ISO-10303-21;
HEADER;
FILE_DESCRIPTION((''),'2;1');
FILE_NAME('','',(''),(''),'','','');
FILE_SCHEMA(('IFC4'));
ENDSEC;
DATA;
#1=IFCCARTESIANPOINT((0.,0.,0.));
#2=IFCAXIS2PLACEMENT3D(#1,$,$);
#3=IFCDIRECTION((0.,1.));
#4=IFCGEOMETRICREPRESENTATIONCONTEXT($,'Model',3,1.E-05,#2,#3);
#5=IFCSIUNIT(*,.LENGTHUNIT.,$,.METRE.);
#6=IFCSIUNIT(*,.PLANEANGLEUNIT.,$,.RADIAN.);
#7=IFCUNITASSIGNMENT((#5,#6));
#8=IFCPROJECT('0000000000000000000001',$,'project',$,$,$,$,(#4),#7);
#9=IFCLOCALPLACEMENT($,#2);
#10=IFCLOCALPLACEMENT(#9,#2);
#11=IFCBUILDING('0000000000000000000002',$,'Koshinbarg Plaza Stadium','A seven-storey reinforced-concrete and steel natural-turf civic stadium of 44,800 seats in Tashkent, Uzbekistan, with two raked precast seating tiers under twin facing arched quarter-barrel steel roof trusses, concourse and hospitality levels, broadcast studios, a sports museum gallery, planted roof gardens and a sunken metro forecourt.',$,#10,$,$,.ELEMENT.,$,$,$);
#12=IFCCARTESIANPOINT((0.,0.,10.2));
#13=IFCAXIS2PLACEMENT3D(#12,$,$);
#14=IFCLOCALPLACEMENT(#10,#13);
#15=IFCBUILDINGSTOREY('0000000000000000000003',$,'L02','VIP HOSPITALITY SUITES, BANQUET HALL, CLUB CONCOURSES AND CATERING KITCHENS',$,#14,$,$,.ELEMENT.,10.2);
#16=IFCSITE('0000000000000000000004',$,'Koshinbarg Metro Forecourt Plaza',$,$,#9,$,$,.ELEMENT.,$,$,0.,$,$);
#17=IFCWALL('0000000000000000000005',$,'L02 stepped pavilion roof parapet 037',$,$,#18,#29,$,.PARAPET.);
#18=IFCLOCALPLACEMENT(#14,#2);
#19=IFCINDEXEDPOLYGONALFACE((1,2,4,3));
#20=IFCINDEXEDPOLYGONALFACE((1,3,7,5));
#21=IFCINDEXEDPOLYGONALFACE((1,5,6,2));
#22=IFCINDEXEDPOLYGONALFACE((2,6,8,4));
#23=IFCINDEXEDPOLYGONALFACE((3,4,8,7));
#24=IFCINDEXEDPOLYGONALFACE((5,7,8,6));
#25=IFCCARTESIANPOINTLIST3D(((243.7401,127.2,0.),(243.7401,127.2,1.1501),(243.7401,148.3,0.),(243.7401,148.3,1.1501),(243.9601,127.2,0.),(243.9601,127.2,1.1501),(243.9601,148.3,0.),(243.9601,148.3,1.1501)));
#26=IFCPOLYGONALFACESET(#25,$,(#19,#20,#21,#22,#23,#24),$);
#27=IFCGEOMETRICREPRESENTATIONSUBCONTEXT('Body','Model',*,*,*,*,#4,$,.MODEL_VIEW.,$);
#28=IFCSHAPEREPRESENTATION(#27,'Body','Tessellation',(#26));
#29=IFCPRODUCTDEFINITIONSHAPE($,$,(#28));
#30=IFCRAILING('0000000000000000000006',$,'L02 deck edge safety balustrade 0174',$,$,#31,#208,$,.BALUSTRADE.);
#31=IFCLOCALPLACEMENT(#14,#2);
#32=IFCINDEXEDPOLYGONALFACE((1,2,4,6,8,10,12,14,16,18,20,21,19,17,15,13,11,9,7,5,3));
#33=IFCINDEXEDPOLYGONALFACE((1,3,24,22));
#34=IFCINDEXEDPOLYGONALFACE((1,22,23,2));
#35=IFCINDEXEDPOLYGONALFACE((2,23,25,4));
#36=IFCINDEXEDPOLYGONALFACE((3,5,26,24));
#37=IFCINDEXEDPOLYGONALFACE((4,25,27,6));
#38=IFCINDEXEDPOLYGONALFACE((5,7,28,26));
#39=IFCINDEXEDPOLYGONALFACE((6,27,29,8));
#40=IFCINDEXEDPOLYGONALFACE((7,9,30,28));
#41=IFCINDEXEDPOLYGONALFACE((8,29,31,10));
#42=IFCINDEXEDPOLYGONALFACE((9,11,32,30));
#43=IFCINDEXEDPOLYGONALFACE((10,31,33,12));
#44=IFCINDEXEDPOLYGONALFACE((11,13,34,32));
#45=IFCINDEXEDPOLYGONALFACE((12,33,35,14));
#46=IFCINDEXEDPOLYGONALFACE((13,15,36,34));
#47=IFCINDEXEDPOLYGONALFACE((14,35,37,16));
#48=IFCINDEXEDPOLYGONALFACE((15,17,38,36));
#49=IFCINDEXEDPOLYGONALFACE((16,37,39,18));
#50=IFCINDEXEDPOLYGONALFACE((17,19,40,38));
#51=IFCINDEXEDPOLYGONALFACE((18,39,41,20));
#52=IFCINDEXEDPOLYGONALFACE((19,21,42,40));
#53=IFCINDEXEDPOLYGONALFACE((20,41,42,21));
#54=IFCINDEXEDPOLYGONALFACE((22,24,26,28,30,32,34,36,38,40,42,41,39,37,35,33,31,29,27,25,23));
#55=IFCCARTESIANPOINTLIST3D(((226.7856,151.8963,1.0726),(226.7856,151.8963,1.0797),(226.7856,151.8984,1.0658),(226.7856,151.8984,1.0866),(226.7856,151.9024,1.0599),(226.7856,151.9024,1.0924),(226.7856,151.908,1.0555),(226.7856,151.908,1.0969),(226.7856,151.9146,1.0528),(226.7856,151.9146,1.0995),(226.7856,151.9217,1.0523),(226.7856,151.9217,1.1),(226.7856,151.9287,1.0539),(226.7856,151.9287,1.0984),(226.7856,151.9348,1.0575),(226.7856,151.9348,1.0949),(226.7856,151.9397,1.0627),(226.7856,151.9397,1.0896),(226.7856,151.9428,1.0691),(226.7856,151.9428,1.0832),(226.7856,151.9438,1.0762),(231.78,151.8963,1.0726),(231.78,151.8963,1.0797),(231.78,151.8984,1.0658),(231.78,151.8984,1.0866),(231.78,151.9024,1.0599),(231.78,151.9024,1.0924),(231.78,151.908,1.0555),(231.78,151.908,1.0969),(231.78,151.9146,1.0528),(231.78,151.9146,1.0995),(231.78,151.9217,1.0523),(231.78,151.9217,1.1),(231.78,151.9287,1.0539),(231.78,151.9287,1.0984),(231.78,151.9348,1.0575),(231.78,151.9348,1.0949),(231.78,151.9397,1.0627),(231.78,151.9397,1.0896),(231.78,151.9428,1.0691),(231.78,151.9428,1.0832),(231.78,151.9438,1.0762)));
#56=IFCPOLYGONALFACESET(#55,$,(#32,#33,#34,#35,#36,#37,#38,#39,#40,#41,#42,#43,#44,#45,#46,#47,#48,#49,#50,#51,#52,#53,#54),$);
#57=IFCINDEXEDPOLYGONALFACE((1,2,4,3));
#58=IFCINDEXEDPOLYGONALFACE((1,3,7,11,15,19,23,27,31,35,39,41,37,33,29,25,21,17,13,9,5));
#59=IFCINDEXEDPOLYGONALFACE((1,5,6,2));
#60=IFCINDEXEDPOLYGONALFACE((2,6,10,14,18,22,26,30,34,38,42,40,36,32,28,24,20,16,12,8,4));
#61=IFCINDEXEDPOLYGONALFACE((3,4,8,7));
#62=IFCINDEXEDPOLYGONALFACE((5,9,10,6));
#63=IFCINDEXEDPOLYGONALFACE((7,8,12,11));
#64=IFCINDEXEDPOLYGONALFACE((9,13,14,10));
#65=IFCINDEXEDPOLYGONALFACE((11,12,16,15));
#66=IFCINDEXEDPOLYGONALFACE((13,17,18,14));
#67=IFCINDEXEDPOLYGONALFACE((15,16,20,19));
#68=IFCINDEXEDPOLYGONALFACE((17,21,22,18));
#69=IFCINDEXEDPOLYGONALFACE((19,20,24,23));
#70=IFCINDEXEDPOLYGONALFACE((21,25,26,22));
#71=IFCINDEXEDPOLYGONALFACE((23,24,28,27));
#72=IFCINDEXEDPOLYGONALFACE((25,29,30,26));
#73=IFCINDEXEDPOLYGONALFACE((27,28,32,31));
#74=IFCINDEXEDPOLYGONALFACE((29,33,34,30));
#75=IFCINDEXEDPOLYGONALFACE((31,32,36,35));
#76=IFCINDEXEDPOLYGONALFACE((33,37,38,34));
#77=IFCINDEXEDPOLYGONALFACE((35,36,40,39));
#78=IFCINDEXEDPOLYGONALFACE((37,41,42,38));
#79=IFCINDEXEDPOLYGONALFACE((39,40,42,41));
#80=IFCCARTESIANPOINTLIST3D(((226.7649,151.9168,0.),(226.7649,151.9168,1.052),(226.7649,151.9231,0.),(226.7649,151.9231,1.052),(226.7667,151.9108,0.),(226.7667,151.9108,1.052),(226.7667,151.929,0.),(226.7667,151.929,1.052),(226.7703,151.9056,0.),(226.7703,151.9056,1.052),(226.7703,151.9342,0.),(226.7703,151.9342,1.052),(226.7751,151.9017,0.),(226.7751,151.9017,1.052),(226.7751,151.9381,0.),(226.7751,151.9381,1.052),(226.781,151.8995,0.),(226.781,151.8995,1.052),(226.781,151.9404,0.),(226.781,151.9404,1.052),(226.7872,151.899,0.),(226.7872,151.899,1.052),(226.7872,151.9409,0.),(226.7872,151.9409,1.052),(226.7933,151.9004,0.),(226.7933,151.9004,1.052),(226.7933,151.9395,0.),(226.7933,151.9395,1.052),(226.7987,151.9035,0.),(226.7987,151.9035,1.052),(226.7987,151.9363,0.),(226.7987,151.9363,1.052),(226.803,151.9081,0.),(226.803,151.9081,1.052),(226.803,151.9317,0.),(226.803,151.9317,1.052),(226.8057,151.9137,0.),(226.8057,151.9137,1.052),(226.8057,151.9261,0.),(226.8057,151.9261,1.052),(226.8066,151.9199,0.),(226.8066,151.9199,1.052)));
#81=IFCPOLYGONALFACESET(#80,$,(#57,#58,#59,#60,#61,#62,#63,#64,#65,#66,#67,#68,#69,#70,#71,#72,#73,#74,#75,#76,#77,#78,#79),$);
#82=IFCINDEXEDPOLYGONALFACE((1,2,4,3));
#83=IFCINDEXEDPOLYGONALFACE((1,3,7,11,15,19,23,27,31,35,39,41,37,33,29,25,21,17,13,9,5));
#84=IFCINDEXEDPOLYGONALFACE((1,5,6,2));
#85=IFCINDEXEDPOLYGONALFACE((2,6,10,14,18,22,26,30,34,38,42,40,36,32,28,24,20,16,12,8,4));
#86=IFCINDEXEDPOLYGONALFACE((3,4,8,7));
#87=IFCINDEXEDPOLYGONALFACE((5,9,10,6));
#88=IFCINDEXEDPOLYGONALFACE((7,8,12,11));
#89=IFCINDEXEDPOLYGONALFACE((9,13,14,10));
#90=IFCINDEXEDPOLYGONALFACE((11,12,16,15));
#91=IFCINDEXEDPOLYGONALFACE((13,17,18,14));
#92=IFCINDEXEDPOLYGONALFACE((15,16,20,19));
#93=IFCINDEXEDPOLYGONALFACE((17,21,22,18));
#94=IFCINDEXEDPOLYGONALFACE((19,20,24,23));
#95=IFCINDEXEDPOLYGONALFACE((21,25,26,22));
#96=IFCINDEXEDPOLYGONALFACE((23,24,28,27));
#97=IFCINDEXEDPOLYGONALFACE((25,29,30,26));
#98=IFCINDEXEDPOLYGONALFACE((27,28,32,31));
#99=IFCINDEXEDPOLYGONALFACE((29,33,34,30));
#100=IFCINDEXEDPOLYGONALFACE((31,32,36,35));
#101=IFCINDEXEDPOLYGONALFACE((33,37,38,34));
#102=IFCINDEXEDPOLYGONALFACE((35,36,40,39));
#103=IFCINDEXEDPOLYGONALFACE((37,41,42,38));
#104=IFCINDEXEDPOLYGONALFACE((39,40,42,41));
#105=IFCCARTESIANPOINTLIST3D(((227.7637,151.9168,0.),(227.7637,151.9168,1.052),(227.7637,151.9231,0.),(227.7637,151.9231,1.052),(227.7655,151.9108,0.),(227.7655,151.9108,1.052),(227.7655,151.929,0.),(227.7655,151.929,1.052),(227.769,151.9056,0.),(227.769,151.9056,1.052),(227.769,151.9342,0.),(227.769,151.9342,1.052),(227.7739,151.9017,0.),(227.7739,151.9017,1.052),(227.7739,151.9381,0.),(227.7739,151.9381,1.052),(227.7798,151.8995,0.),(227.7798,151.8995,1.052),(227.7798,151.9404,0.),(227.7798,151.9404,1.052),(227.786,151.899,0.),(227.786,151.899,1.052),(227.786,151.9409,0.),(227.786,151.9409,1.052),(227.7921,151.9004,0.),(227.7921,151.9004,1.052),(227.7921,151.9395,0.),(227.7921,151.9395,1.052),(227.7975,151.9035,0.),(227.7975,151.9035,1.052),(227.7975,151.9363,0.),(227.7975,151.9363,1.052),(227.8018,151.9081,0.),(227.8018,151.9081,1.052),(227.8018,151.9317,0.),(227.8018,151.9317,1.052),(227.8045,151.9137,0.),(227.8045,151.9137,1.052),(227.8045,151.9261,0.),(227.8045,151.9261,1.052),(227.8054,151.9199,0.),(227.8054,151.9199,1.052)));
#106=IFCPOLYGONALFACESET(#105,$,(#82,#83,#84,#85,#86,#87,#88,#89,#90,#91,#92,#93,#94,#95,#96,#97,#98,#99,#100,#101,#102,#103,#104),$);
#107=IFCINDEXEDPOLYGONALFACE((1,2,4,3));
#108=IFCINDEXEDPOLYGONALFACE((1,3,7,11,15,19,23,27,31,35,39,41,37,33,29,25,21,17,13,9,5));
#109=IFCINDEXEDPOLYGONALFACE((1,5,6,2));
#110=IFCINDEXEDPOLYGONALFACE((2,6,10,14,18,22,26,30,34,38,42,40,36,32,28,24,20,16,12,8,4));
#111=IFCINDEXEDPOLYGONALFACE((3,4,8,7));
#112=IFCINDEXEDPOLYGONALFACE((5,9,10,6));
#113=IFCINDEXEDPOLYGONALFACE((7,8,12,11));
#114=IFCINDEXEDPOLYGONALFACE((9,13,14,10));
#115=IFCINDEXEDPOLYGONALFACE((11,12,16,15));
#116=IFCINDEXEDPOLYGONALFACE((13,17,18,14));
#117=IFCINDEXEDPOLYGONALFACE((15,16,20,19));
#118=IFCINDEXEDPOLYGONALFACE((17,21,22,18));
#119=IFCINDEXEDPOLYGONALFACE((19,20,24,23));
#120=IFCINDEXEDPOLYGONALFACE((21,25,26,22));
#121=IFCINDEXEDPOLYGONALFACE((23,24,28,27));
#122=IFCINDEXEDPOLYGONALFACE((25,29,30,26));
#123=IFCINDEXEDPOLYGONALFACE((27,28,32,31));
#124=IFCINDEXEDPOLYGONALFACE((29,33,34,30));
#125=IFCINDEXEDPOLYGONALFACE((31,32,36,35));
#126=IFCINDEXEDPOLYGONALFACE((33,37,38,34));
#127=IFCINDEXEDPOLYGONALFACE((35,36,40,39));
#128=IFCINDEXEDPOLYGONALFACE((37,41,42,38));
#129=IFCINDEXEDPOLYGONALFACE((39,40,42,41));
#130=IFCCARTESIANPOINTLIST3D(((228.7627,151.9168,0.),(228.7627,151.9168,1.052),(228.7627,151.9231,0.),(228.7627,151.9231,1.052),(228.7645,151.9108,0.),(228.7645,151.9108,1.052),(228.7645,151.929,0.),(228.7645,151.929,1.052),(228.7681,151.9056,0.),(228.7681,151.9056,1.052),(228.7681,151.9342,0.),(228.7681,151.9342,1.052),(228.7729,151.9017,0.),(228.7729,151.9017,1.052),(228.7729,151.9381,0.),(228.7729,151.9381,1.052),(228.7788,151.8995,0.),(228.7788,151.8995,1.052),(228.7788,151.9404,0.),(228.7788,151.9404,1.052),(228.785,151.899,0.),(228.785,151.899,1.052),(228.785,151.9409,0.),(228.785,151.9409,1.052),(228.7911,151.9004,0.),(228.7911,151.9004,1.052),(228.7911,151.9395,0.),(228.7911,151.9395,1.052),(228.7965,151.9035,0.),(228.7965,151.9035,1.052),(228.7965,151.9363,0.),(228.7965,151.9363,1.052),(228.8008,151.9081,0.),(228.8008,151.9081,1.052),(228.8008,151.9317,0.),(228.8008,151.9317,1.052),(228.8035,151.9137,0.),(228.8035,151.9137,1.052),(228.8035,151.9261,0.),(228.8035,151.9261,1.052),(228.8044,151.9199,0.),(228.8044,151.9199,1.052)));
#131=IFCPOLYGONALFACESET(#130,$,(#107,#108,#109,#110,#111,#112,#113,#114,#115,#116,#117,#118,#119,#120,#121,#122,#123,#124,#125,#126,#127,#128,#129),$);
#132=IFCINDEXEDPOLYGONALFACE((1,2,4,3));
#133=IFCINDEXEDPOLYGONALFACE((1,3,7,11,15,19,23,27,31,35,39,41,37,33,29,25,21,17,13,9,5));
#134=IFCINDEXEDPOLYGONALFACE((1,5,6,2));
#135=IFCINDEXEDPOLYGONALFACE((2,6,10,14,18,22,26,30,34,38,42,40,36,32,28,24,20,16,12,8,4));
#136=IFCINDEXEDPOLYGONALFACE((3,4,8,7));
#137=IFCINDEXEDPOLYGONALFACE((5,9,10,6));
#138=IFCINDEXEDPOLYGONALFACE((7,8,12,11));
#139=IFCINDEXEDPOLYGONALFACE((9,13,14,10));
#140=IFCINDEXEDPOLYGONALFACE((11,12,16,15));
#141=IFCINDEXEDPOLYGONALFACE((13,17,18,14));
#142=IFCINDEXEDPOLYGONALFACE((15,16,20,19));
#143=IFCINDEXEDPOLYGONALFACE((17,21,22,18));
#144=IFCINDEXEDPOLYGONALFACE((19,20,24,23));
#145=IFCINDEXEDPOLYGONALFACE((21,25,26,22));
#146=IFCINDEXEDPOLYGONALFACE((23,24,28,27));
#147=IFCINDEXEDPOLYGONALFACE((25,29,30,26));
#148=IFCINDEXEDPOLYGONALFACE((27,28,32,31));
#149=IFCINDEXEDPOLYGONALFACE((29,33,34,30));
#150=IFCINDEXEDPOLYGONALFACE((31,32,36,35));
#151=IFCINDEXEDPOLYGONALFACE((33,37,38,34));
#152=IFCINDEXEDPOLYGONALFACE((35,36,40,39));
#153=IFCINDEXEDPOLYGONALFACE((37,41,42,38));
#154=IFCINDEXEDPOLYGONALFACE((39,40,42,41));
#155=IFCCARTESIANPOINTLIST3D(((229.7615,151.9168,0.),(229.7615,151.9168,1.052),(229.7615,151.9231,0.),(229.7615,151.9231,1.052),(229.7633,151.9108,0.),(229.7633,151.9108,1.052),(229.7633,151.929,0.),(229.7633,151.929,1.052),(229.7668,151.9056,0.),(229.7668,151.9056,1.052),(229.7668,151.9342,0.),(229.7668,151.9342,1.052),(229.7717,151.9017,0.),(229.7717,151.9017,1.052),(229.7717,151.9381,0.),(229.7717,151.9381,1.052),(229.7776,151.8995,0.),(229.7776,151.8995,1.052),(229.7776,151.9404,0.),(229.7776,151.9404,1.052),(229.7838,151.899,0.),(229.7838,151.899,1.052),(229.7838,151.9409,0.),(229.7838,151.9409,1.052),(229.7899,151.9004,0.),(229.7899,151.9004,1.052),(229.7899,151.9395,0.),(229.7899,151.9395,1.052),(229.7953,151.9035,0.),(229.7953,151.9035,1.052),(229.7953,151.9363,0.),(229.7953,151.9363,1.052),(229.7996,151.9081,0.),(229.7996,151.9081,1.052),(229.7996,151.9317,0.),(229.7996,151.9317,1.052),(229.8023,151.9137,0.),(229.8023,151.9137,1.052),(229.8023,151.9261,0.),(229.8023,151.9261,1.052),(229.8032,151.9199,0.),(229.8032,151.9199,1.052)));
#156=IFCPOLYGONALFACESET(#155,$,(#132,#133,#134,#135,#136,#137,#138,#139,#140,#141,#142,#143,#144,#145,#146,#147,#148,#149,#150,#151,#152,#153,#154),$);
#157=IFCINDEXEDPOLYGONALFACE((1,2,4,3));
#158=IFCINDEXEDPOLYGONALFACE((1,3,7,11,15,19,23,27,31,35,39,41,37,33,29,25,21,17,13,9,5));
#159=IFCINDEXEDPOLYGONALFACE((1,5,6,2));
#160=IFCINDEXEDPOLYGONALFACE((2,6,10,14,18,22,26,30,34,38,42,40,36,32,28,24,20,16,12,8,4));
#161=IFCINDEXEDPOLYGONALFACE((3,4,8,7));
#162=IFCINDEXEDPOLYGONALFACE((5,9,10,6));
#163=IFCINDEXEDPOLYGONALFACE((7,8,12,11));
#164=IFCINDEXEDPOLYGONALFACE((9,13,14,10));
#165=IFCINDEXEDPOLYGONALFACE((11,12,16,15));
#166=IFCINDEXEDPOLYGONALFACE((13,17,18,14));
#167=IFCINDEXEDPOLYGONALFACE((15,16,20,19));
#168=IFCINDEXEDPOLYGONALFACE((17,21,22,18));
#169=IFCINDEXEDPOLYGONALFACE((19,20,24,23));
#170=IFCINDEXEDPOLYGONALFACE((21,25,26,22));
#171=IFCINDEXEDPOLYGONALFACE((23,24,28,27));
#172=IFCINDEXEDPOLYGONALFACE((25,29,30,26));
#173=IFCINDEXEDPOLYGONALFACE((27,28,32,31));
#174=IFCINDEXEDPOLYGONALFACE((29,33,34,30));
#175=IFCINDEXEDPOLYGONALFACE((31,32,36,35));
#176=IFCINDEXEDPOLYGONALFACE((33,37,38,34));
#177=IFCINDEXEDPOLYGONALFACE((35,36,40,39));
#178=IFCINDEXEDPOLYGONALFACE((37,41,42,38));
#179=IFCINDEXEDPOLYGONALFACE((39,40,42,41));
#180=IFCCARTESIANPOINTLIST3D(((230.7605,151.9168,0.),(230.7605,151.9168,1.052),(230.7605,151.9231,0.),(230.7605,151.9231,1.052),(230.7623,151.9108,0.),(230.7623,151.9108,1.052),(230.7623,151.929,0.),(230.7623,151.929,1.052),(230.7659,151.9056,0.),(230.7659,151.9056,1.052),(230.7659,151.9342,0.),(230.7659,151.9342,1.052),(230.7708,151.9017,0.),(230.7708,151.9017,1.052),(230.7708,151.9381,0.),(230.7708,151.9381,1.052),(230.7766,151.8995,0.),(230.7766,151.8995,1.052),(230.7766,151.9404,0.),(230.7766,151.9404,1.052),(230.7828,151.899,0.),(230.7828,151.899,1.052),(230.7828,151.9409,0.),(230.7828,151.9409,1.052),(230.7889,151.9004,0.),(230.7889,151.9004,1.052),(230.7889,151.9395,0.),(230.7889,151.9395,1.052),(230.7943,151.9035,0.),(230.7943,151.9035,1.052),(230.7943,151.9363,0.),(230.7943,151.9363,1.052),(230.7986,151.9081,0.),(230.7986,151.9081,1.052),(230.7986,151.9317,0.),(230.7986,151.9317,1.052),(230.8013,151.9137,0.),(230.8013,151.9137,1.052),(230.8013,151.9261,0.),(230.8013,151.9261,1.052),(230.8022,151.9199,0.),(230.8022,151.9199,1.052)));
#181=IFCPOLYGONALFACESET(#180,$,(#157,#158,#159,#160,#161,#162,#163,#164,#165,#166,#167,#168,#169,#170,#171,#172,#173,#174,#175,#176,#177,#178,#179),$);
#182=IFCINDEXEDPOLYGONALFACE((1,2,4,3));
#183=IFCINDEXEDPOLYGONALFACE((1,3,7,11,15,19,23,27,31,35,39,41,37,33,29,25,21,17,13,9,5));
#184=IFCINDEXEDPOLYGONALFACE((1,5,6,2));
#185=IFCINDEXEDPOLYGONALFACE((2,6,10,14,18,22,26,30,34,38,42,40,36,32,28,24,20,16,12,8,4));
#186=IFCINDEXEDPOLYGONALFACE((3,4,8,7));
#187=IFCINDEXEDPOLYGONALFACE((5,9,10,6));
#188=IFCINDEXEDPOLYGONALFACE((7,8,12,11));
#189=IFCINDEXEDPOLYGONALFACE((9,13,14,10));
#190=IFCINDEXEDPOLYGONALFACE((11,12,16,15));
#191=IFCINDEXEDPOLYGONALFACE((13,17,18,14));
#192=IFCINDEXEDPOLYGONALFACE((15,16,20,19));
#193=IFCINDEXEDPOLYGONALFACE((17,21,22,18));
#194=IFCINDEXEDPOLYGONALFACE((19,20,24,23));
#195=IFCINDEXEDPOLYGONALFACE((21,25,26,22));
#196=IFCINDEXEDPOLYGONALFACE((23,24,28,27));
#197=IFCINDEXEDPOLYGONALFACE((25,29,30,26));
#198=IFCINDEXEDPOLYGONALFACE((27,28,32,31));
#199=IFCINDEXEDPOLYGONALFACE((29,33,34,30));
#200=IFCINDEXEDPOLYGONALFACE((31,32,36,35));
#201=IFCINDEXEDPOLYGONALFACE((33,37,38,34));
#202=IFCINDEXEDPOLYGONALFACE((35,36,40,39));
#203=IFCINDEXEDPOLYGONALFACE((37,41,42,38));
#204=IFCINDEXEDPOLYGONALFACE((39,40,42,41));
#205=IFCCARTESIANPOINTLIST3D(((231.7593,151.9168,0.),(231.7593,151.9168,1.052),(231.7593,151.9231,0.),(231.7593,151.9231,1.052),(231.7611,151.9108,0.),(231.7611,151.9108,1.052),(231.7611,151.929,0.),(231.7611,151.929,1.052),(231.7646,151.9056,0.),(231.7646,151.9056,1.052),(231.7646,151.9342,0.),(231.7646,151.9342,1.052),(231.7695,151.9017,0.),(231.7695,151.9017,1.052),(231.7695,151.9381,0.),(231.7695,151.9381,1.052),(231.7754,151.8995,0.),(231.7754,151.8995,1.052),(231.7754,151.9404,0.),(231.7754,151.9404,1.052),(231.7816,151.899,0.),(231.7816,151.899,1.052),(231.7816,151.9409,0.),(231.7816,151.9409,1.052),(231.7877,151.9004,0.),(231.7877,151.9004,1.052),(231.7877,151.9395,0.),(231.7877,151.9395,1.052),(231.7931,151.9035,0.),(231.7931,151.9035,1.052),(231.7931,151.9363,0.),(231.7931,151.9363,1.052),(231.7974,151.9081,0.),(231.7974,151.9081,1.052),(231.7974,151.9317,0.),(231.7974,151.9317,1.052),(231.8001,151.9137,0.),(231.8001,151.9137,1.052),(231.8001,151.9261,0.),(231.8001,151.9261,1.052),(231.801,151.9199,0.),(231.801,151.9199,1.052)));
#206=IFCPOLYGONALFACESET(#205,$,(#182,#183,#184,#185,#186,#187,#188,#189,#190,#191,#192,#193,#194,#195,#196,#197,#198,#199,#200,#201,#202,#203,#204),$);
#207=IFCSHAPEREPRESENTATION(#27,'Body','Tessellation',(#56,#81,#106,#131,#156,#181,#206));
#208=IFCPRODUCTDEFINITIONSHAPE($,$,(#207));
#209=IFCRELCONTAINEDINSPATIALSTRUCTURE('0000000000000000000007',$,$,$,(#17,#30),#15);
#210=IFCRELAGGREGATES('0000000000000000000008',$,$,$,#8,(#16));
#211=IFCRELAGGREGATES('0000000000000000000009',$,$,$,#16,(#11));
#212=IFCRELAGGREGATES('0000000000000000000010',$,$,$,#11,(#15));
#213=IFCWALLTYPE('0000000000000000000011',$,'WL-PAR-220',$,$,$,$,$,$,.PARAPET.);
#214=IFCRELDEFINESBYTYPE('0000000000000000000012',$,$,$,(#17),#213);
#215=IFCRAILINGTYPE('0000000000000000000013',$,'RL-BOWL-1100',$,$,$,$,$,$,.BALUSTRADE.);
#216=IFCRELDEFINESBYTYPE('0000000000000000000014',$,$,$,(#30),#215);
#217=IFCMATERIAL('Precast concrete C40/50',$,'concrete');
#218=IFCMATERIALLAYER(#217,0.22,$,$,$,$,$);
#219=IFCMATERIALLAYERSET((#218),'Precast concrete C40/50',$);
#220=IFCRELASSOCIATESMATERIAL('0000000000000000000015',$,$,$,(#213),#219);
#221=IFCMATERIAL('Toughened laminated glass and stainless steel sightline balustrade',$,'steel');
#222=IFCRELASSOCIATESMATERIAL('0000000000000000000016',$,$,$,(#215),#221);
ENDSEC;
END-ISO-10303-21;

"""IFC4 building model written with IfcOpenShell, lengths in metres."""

from ifc_helpers import new_model, si_unit, direction, frame, frame_2d, origin, origin_2d, place, context, subcontext, project, spatial, rectangle, circle, extrude, material, layer, layer_set, type_object, element, save


model = new_model("IFC4")

# Units and contexts
model_context = context("Model", 3, precision=1e-05, world=origin(), true_north=direction((0.0, 1.0)))
body_context = subcontext(model_context, "Body", "Model", "MODEL_VIEW")
ifc_project = project(units=[si_unit("LENGTHUNIT", "METRE"), si_unit("PLANEANGLEUNIT", "RADIAN")], contexts=[model_context])

# Site, building, storey
site_placement = place(None, origin())
site = spatial("IfcSite", under=ifc_project, at=site_placement, Name="Koshinbarg Metro Forecourt Plaza", CompositionType="ELEMENT", RefElevation=0.0)
building_placement = place(site_placement, origin())
building = spatial("IfcBuilding", under=site, at=building_placement, Name="Koshinbarg Plaza Stadium", Description="A seven-storey reinforced-concrete and steel natural-turf civic stadium of 44,800 seats in Tashkent, Uzbekistan, with two raked precast seating tiers under twin facing arched quarter-barrel steel roof trusses, concourse and hospitality levels, broadcast studios, a sports museum gallery, planted roof gardens and a sunken metro forecourt.", CompositionType="ELEMENT")
storey_placement = place(building_placement, frame((0.0, 0.0, 10.2)))
storey = spatial("IfcBuildingStorey", under=building, at=storey_placement, Name="L02", Description="VIP HOSPITALITY SUITES, BANQUET HALL, CLUB CONCOURSES AND CATERING KITCHENS", CompositionType="ELEMENT", Elevation=10.2)

# Wall
ifc_material_1 = material(Name="Precast concrete C40/50", Category="concrete")
ifc_layer_1 = layer(ifc_material_1, 0.22)
ifc_layer_set_1 = layer_set([ifc_layer_1], Name="Precast concrete C40/50")
wall_type_1 = type_object("IfcWallType", Name="WL-PAR-220", PredefinedType="PARAPET", material=ifc_layer_set_1)
wall_1_placement = place(storey_placement, frame((243.8501, 148.3, 0.0), z_axis=(0.0, 0.0, 1.0), x_axis=(0.0, -1.0, 0.0)))
element("IfcWall", 1, at=wall_1_placement, inside=storey, type_object=wall_type_1, Name="L02 stepped pavilion roof parapet 037", PredefinedType="PARAPET", context=body_context, shape_type="SweptSolid", body=[
    extrude(rectangle(XDim=21.1001, YDim=0.22, at=frame_2d((10.55, 0.0))), origin(), (0.0, 0.0, 1.0), 1.1501),
])

# Railing
ifc_material_2 = material(Name="Toughened laminated glass and stainless steel sightline balustrade", Category="steel")
railing_type = type_object("IfcRailingType", Name="RL-BOWL-1100", PredefinedType="BALUSTRADE", material=ifc_material_2)
railing_1_placement = place(storey_placement, frame((226.7856, 151.9199, 0.0)))
element("IfcRailing", 2, at=railing_1_placement, inside=storey, type_object=railing_type, Name="L02 deck edge safety balustrade 0174", PredefinedType="BALUSTRADE", context=body_context, shape_type="SweptSolid", body=[
    extrude(circle(Radius=0.0239, at=origin_2d()), frame((0.0, 0.0, 1.0762), z_axis=(1.0, 0.0, 0.0), x_axis=(0.0, 1.0, 0.0)), (0.0, 0.0, 1.0), 4.9944),
    extrude(circle(Radius=0.021, at=origin_2d()), origin(), (0.0, 0.0, 1.0), 1.052),
    extrude(circle(Radius=0.021, at=origin_2d()), frame((0.9988, 0.0, 0.0)), (0.0, 0.0, 1.0), 1.052),
    extrude(circle(Radius=0.021, at=origin_2d()), frame((1.9978, 0.0, 0.0)), (0.0, 0.0, 1.0), 1.052),
    extrude(circle(Radius=0.021, at=origin_2d()), frame((2.9966, 0.0, 0.0)), (0.0, 0.0, 1.0), 1.052),
    extrude(circle(Radius=0.021, at=origin_2d()), frame((3.9956, 0.0, 0.0)), (0.0, 0.0, 1.0), 1.052),
    extrude(circle(Radius=0.021, at=origin_2d()), frame((4.9944, 0.0, 0.0)), (0.0, 0.0, 1.0), 1.052),
])

save(model, "model.ifc")
